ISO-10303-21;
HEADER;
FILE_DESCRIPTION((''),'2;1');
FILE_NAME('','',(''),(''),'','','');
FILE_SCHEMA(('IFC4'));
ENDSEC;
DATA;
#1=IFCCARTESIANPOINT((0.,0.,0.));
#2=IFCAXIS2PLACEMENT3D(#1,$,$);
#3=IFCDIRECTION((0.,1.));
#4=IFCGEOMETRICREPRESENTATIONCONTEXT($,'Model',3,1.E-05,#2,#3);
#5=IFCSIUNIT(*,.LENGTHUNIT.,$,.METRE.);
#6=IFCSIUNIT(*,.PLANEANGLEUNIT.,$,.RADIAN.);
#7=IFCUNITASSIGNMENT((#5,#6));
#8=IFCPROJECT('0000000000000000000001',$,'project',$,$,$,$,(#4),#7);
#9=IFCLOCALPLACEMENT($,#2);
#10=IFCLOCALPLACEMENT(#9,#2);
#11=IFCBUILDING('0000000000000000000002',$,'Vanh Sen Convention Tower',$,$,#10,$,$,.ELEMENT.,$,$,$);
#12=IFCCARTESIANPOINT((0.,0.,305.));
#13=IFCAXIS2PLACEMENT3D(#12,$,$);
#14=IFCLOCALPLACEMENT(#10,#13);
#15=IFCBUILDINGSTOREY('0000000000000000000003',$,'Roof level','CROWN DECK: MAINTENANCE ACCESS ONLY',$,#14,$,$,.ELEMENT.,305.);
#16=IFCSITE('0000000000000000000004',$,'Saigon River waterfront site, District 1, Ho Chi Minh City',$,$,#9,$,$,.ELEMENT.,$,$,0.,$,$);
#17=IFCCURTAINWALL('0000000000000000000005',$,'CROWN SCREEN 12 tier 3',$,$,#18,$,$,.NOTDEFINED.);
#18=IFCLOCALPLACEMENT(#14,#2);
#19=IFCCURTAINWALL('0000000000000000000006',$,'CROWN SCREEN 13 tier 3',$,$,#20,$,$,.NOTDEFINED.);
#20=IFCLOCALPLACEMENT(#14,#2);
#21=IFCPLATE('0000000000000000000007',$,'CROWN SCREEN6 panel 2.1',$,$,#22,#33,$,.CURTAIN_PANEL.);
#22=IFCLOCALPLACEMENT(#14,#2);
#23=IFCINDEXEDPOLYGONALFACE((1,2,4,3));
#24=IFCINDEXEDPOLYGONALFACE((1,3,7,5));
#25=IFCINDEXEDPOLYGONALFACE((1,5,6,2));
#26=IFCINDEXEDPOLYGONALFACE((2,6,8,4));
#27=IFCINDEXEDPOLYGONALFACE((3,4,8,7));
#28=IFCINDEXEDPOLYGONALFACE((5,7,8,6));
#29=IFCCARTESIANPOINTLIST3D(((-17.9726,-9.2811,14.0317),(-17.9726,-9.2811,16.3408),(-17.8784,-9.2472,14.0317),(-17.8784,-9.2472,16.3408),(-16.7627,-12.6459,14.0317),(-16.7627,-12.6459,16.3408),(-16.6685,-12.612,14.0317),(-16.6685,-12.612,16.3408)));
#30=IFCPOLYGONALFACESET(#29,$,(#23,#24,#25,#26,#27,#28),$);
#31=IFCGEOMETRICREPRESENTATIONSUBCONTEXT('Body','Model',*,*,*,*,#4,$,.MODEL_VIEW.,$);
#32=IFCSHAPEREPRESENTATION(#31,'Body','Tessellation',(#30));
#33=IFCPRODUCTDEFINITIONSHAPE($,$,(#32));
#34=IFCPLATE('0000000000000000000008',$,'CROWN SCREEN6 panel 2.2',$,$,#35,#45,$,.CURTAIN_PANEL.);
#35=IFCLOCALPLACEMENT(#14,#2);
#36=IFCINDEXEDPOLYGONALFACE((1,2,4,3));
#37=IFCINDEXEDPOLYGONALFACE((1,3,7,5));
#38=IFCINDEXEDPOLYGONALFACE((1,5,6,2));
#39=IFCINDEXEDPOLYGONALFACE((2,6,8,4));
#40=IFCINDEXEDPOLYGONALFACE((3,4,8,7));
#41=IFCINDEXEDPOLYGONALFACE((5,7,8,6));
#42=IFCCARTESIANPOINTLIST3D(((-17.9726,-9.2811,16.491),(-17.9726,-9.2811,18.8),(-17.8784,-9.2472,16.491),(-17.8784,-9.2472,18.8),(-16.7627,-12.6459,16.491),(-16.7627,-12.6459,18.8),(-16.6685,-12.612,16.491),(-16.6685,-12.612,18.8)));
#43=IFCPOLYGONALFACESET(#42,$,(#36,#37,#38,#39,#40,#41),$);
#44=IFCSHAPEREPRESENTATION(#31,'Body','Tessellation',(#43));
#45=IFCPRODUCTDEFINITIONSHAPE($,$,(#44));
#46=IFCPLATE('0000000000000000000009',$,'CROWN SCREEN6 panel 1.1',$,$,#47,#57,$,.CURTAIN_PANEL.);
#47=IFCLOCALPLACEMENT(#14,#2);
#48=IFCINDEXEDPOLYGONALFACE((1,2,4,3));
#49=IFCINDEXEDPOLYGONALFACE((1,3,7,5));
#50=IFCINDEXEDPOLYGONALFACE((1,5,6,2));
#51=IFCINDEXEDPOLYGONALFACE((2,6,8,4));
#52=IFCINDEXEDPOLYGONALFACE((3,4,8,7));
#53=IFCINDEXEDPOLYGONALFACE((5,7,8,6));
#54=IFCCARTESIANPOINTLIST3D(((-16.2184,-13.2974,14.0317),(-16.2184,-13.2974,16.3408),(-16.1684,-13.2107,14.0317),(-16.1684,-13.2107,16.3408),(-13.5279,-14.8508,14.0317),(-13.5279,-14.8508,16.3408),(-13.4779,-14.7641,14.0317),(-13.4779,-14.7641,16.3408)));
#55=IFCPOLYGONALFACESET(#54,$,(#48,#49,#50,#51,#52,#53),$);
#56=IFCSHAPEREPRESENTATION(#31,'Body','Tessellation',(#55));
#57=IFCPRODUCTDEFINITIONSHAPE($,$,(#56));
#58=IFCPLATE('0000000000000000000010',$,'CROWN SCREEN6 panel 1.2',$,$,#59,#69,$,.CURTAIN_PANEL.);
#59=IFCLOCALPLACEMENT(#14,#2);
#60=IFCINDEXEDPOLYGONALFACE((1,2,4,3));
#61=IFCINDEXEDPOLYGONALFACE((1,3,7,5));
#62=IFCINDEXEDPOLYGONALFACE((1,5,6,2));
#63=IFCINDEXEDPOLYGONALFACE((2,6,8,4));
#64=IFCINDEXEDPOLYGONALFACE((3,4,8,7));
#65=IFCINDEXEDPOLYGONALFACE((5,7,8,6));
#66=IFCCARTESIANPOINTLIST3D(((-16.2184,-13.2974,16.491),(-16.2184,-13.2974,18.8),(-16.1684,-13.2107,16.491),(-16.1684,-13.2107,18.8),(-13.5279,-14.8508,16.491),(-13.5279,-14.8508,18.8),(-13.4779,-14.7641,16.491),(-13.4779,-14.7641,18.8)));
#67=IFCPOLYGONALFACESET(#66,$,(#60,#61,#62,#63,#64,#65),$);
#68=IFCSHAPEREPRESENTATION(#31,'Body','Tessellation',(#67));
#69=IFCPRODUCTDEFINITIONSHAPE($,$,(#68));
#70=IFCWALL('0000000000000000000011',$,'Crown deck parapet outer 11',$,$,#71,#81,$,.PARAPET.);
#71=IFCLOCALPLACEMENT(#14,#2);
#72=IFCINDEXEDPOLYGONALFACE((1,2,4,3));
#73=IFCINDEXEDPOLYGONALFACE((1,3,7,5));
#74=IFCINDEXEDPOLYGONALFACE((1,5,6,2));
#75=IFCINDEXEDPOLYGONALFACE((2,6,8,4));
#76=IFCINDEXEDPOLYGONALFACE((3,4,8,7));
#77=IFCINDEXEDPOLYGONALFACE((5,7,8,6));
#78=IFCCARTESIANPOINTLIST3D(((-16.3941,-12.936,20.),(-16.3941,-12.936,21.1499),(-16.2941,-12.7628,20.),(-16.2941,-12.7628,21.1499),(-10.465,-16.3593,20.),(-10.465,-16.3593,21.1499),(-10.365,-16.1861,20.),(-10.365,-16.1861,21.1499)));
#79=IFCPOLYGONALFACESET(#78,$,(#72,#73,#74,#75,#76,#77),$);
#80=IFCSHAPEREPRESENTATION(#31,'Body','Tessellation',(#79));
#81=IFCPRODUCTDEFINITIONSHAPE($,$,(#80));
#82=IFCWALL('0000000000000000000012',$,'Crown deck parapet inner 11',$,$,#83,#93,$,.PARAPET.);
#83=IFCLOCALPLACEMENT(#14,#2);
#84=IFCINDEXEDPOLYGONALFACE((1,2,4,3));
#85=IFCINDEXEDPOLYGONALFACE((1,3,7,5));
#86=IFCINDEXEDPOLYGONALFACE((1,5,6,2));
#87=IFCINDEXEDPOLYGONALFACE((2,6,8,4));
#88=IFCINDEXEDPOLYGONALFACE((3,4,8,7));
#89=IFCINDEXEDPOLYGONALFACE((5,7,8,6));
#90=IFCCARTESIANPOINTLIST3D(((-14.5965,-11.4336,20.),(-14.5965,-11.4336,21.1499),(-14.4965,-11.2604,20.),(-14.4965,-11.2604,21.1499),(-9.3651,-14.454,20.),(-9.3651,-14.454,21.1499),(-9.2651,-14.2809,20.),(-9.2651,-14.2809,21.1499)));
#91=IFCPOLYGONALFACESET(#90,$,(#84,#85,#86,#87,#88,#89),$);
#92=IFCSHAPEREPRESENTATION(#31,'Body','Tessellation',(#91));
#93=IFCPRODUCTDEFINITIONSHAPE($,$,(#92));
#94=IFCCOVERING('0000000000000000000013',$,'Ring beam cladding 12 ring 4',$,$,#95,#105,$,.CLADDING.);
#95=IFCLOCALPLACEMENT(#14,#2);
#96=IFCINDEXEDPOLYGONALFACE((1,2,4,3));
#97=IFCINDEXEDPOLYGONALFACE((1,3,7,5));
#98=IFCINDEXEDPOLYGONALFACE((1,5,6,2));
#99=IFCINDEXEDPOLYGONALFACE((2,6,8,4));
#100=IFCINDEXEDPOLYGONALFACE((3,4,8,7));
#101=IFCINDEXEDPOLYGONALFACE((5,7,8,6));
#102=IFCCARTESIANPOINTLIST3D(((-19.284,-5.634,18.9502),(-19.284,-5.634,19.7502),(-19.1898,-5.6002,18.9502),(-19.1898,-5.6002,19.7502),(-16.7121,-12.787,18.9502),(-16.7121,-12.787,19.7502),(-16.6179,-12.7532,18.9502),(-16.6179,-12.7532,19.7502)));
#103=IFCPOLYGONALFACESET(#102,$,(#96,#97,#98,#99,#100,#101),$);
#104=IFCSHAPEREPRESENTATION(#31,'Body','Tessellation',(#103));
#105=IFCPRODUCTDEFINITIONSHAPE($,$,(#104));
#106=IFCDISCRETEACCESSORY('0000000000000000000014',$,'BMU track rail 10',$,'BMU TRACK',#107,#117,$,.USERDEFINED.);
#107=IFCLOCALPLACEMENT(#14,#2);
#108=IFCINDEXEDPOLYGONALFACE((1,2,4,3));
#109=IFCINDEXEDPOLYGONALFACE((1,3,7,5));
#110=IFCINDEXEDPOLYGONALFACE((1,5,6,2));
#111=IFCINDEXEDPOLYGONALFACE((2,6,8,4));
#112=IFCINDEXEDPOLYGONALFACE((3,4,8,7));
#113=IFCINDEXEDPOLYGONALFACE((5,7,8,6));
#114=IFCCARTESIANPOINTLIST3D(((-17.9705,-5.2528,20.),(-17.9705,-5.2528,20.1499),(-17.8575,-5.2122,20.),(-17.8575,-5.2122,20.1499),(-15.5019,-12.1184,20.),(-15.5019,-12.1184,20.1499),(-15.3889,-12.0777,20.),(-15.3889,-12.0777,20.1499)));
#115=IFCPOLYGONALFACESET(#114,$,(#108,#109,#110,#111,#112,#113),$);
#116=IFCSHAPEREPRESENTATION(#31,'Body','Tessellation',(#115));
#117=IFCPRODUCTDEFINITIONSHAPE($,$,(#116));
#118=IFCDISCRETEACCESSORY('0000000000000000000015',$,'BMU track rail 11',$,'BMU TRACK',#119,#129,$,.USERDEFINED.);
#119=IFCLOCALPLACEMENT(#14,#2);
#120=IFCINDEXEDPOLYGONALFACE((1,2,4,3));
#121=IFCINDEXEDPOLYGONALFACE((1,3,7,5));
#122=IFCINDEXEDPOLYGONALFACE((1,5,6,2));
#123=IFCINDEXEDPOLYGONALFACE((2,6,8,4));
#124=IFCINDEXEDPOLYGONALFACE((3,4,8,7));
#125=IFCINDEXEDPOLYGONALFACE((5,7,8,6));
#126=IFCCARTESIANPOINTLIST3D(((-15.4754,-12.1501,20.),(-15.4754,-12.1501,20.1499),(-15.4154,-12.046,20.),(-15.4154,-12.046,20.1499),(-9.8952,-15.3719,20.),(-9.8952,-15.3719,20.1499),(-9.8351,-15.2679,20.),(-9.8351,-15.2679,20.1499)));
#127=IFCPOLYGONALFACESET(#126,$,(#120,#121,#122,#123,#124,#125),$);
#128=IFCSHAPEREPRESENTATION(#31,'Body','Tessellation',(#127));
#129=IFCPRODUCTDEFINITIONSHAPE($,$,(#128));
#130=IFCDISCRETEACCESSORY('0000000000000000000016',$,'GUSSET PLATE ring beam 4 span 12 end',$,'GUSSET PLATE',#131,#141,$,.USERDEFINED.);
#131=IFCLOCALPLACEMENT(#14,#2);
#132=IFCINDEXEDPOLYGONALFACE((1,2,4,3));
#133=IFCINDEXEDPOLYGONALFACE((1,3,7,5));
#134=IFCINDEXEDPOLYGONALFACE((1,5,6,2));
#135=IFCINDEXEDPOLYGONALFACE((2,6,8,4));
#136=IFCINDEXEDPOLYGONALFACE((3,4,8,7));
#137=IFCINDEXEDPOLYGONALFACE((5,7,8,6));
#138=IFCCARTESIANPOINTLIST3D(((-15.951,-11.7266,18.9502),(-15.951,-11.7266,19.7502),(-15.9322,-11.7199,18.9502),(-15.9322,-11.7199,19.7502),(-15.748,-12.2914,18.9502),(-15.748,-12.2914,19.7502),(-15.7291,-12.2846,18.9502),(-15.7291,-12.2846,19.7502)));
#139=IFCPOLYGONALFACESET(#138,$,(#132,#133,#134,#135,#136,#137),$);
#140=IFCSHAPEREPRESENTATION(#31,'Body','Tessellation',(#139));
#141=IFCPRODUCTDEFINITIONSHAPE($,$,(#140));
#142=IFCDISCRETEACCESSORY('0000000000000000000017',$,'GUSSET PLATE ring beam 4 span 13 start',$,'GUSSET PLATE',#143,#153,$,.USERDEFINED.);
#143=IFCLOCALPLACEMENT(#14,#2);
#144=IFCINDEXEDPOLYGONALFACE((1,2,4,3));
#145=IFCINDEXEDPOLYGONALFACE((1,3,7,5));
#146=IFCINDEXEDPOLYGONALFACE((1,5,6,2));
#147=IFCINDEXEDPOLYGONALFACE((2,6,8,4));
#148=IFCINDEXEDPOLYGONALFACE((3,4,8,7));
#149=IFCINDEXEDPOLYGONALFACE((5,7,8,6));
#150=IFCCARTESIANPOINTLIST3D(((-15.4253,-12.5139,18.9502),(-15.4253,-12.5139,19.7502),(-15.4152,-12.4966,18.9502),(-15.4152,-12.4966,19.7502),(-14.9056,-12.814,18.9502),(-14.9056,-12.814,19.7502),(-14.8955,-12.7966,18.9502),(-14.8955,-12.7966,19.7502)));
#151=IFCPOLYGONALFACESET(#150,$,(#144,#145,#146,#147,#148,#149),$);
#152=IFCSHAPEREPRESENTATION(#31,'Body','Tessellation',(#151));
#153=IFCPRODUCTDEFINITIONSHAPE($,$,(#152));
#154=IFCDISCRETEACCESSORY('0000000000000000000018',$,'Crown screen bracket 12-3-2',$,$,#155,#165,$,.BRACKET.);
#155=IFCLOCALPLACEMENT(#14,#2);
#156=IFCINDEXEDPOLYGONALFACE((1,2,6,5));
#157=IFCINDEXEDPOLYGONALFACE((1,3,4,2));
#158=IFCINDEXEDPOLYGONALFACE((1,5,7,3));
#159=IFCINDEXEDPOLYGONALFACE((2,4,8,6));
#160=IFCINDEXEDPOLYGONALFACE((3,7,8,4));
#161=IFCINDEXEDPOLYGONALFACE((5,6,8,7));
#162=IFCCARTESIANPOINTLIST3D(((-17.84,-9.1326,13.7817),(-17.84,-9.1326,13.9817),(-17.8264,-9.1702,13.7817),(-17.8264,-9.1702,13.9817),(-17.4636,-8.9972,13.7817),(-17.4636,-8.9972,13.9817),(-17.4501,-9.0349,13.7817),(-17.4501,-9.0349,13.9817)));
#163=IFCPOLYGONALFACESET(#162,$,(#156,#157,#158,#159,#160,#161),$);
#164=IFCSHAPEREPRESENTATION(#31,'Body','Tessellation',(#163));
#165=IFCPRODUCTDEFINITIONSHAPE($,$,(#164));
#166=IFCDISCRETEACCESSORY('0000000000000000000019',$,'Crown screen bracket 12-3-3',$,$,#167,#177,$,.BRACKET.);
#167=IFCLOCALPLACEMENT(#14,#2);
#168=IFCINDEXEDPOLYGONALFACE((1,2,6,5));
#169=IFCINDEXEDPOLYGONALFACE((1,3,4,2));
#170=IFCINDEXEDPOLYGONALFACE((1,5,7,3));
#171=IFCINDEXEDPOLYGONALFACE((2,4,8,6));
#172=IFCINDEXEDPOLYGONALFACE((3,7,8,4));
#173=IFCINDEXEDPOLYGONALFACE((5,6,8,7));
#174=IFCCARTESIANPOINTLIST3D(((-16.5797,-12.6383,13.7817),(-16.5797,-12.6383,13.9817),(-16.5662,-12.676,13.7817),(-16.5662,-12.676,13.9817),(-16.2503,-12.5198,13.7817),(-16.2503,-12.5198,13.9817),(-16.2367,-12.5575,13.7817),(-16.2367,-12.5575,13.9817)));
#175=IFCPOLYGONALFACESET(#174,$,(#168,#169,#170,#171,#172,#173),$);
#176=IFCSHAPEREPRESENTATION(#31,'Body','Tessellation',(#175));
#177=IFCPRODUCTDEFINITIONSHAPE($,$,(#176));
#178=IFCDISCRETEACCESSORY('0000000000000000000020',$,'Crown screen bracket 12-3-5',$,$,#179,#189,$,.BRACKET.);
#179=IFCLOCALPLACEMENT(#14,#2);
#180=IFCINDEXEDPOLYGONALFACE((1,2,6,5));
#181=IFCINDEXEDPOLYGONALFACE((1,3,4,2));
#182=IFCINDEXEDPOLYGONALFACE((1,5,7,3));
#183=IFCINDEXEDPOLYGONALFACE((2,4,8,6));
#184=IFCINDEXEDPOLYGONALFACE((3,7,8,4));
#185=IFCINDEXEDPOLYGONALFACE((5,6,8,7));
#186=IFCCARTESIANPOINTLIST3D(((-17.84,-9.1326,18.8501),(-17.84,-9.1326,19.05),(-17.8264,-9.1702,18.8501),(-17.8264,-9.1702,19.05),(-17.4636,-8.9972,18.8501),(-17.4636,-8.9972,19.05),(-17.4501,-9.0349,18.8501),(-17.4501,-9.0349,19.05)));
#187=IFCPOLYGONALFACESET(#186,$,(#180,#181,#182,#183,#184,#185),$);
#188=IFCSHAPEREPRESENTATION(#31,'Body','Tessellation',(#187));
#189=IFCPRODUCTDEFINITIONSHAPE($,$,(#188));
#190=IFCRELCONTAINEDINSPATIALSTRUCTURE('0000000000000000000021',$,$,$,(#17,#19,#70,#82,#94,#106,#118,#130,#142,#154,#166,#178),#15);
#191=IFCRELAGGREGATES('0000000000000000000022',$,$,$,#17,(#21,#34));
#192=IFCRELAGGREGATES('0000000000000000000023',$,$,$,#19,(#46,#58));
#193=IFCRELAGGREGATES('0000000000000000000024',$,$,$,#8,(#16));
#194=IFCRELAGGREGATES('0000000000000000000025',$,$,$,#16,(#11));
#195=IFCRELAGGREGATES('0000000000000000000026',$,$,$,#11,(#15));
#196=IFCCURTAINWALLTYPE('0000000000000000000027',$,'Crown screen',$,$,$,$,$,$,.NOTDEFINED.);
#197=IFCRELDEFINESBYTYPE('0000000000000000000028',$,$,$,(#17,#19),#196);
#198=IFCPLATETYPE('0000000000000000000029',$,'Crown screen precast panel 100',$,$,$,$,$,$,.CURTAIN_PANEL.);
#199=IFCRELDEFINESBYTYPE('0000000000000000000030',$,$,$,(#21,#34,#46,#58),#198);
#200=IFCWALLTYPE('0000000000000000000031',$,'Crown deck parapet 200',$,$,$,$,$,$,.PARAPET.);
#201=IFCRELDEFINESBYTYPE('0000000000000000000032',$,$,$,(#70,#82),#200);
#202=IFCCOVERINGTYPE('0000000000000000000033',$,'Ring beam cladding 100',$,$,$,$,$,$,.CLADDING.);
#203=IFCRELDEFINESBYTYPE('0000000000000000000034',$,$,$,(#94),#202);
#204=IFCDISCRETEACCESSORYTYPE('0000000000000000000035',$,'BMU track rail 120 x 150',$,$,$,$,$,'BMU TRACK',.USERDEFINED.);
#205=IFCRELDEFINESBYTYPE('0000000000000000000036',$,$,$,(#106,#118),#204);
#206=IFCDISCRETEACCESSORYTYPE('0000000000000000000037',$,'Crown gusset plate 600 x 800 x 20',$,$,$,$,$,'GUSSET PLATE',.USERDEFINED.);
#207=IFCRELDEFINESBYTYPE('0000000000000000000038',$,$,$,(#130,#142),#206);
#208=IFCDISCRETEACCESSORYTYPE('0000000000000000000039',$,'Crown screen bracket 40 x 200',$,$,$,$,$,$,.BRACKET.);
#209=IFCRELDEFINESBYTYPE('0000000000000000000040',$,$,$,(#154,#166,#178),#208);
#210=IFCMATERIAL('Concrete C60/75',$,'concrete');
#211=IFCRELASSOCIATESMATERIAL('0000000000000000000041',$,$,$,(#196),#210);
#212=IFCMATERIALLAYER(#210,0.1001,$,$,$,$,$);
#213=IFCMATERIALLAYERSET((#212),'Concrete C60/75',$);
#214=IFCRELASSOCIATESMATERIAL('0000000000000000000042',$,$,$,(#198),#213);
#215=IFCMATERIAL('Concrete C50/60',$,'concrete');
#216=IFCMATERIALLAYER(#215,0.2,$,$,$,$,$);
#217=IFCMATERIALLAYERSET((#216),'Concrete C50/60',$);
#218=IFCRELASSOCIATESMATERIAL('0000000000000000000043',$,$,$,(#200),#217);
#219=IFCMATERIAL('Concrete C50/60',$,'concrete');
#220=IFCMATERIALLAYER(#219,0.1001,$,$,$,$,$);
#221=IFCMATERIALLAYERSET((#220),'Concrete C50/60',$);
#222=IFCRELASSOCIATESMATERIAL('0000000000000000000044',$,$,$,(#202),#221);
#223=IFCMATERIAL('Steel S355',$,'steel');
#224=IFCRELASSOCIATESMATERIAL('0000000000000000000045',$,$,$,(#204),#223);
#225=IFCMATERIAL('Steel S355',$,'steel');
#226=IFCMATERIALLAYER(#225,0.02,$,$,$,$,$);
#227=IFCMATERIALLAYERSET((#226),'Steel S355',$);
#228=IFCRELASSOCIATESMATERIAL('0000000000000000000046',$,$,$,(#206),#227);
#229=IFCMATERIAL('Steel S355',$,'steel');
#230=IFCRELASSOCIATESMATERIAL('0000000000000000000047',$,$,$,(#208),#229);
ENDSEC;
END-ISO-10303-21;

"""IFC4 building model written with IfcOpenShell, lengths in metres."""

from ifc_helpers import new_model, si_unit, direction, frame, frame_2d, origin, origin_2d, place, context, subcontext, project, spatial, rectangle, extrude, material, layer, layer_set, type_object, element, aggregate, save


model = new_model("IFC4")

# Units and contexts
model_context = context("Model", 3, precision=1e-05, world=origin(), true_north=direction((0.0, 1.0)))
body_context = subcontext(model_context, "Body", "Model", "MODEL_VIEW")
ifc_project = project(units=[si_unit("LENGTHUNIT", "METRE"), si_unit("PLANEANGLEUNIT", "RADIAN")], contexts=[model_context])

# Site, building, storey
site_placement = place(None, origin())
site = spatial("IfcSite", under=ifc_project, at=site_placement, Name="Saigon River waterfront site, District 1, Ho Chi Minh City", CompositionType="ELEMENT", RefElevation=0.0)
building_placement = place(site_placement, origin())
building = spatial("IfcBuilding", under=site, at=building_placement, Name="Vanh Sen Convention Tower", CompositionType="ELEMENT")
storey_placement = place(building_placement, frame((0.0, 0.0, 305.0)))
storey = spatial("IfcBuildingStorey", under=building, at=storey_placement, Name="Roof level", Description="CROWN DECK: MAINTENANCE ACCESS ONLY", CompositionType="ELEMENT", Elevation=305.0)

# Curtain wall
ifc_material_1 = material(Name="Concrete C60/75", Category="concrete")
curtain_wall_type = type_object("IfcCurtainWallType", Name="Crown screen", PredefinedType="NOTDEFINED", material=ifc_material_1)
curtain_wall_1_placement = place(storey_placement, origin())
curtain_wall_1 = element("IfcCurtainWall", 1, at=curtain_wall_1_placement, inside=storey, type_object=curtain_wall_type, Name="CROWN SCREEN 12 tier 3", PredefinedType="NOTDEFINED")

# Curtain wall
curtain_wall_2_placement = place(storey_placement, origin())
curtain_wall_2 = element("IfcCurtainWall", 2, at=curtain_wall_2_placement, inside=storey, type_object=curtain_wall_type, Name="CROWN SCREEN 13 tier 3", PredefinedType="NOTDEFINED")

# Plates
ifc_layer_1 = layer(ifc_material_1, 0.1001)
ifc_layer_set_1 = layer_set([ifc_layer_1], Name="Concrete C60/75")
plate_type = type_object("IfcPlateType", Name="Crown screen precast panel 100", PredefinedType="CURTAIN_PANEL", material=ifc_layer_set_1)
plate_1_placement = place(storey_placement, frame((-17.3206, -10.9465, 14.0317), z_axis=(0.0, 0.0, 1.0), x_axis=(0.338349, -0.941021, 0.0)))
plate_1 = element("IfcPlate", 3, at=plate_1_placement, type_object=plate_type, Name="CROWN SCREEN6 panel 2.1", PredefinedType="CURTAIN_PANEL", context=body_context, shape_type="SweptSolid", body=[
    extrude(rectangle(XDim=3.5757, YDim=0.1001, at=origin_2d()), origin(), (0.0, 0.0, 1.0), 2.3091),
])
plate_2_placement = place(storey_placement, frame((-17.3206, -10.9465, 16.491), z_axis=(0.0, 0.0, 1.0), x_axis=(0.338349, -0.941021, 0.0)))
plate_2 = element("IfcPlate", 4, at=plate_2_placement, type_object=plate_type, Name="CROWN SCREEN6 panel 2.2", PredefinedType="CURTAIN_PANEL", context=body_context, shape_type="SweptSolid", body=[
    extrude(rectangle(XDim=3.5757, YDim=0.1001, at=origin_2d()), origin(), (0.0, 0.0, 1.0), 2.3091),
])
aggregate(curtain_wall_1, [plate_1, plate_2])
plate_3_placement = place(storey_placement, frame((-14.8481, -14.0308, 14.0317), z_axis=(0.0, 0.0, 1.0), x_axis=(0.866023, -0.500005, 0.0)))
plate_3 = element("IfcPlate", 5, at=plate_3_placement, type_object=plate_type, Name="CROWN SCREEN6 panel 1.1", PredefinedType="CURTAIN_PANEL", context=body_context, shape_type="SweptSolid", body=[
    extrude(rectangle(XDim=3.1067, YDim=0.1001, at=origin_2d()), origin(), (0.0, 0.0, 1.0), 2.3091),
])
plate_4_placement = place(storey_placement, frame((-14.8481, -14.0308, 16.491), z_axis=(0.0, 0.0, 1.0), x_axis=(0.866023, -0.500005, 0.0)))
plate_4 = element("IfcPlate", 6, at=plate_4_placement, type_object=plate_type, Name="CROWN SCREEN6 panel 1.2", PredefinedType="CURTAIN_PANEL", context=body_context, shape_type="SweptSolid", body=[
    extrude(rectangle(XDim=3.1067, YDim=0.1001, at=origin_2d()), origin(), (0.0, 0.0, 1.0), 2.3091),
])
aggregate(curtain_wall_2, [plate_3, plate_4])

# Walls
ifc_material_2 = material(Name="Concrete C50/60", Category="concrete")
ifc_layer_2 = layer(ifc_material_2, 0.2)
ifc_layer_set_2 = layer_set([ifc_layer_2], Name="Concrete C50/60")
wall_type = type_object("IfcWallType", Name="Crown deck parapet 200", PredefinedType="PARAPET", material=ifc_layer_set_2)
wall_1_placement = place(storey_placement, frame((-16.3442, -12.8494, 20.0), z_axis=(0.0, 0.0, 1.0), x_axis=(0.866018, -0.500013, 0.0)))
element("IfcWall", 7, at=wall_1_placement, inside=storey, type_object=wall_type, Name="Crown deck parapet outer 11", PredefinedType="PARAPET", context=body_context, shape_type="SweptSolid", body=[
    extrude(rectangle(XDim=6.8464, YDim=0.2, at=frame_2d((3.4233, 0.0))), origin(), (0.0, 0.0, 1.0), 1.1499),
])
wall_2_placement = place(storey_placement, frame((-14.5466, -11.3469, 20.0), z_axis=(0.0, 0.0, 1.0), x_axis=(0.866016, -0.500016, 0.0)))
element("IfcWall", 8, at=wall_2_placement, inside=storey, type_object=wall_type, Name="Crown deck parapet inner 11", PredefinedType="PARAPET", context=body_context, shape_type="SweptSolid", body=[
    extrude(rectangle(XDim=6.0408, YDim=0.2, at=frame_2d((3.0205, 0.0))), origin(), (0.0, 0.0, 1.0), 1.1499),
])

# Covering
ifc_material_3 = material(Name="Concrete C50/60", Category="concrete")
ifc_layer_3 = layer(ifc_material_3, 0.1001)
ifc_layer_set_3 = layer_set([ifc_layer_3], Name="Concrete C50/60")
covering_type = type_object("IfcCoveringType", Name="Ring beam cladding 100", PredefinedType="CLADDING", material=ifc_layer_set_3)
covering_placement = place(storey_placement, frame((-17.9509, -9.1936, 18.9502), z_axis=(0.0, 0.0, 1.0), x_axis=(0.338349, -0.941021, 0.0)))
element("IfcCovering", 9, at=covering_placement, inside=storey, type_object=covering_type, Name="Ring beam cladding 12 ring 4", PredefinedType="CLADDING", context=body_context, shape_type="SweptSolid", body=[
    extrude(rectangle(XDim=7.6013, YDim=0.1001, at=origin_2d()), origin(), (0.0, 0.0, 1.0), 0.8),
])

# Discrete accessories
ifc_material_4 = material(Name="Steel S355", Category="steel")
discrete_accessory_type_1 = type_object("IfcDiscreteAccessoryType", Name="BMU track rail 120 x 150", ElementType="BMU TRACK", PredefinedType="USERDEFINED", material=ifc_material_4)
discrete_accessory_1_placement = place(storey_placement, frame((-16.6797, -8.6653, 20.0), z_axis=(0.0, 0.0, 1.0), x_axis=(0.338359, -0.941017, 0.0)))
element("IfcDiscreteAccessory", 10, at=discrete_accessory_1_placement, inside=storey, type_object=discrete_accessory_type_1, Name="BMU track rail 10", ObjectType="BMU TRACK", PredefinedType="USERDEFINED", context=body_context, shape_type="SweptSolid", body=[
    extrude(rectangle(XDim=7.2959, YDim=0.1201, at=origin_2d()), origin(), (0.0, 0.0, 1.0), 0.1499),
])
discrete_accessory_2_placement = place(storey_placement, frame((-12.6553, -13.709, 20.0), z_axis=(0.0, 0.0, 1.0), x_axis=(0.866018, -0.500014, 0.0)))
element("IfcDiscreteAccessory", 11, at=discrete_accessory_2_placement, inside=storey, type_object=discrete_accessory_type_1, Name="BMU track rail 11", ObjectType="BMU TRACK", PredefinedType="USERDEFINED", context=body_context, shape_type="SweptSolid", body=[
    extrude(rectangle(XDim=6.4436, YDim=0.1201, at=origin_2d()), origin(), (0.0, 0.0, 1.0), 0.1499),
])
ifc_material_5 = material(Name="Steel S355", Category="steel")
ifc_layer_4 = layer(ifc_material_5, 0.02)
ifc_layer_set_4 = layer_set([ifc_layer_4], Name="Steel S355")
discrete_accessory_type_2 = type_object("IfcDiscreteAccessoryType", Name="Crown gusset plate 600 x 800 x 20", ElementType="GUSSET PLATE", PredefinedType="USERDEFINED", material=ifc_layer_set_4)
for number, where, z_axis, x_axis, name in (
    (12, (-15.8401, -12.0056, 18.9502), (0.0, 0.0, 1.0), (-0.338349, 0.941021, 0.0), "GUSSET PLATE ring beam 4 span 12 end"),
    (13, (-15.1604, -12.6553, 18.9502), (0.0, 0.0, 1.0), (0.866023, -0.500005, 0.0), "GUSSET PLATE ring beam 4 span 13 start"),
):
    element("IfcDiscreteAccessory", number, at=place(storey_placement, frame(where, z_axis=z_axis, x_axis=x_axis)), inside=storey, type_object=discrete_accessory_type_2, Name=name, ObjectType="GUSSET PLATE", PredefinedType="USERDEFINED", context=body_context, shape_type="SweptSolid", body=[
        extrude(rectangle(XDim=0.6001, YDim=0.02, at=origin_2d()), origin(), (0.0, 0.0, 1.0), 0.8),
    ])
ifc_material_6 = material(Name="Steel S355", Category="steel")
discrete_accessory_type_3 = type_object("IfcDiscreteAccessoryType", Name="Crown screen bracket 40 x 200", PredefinedType="BRACKET", material=ifc_material_6)
discrete_accessory_3_placement = place(storey_placement, frame((-17.645, -9.0837, 13.7817), z_axis=(0.0, 0.0, 1.0), x_axis=(-0.941021, -0.338349, 0.0)))
element("IfcDiscreteAccessory", 14, at=discrete_accessory_3_placement, inside=storey, type_object=discrete_accessory_type_3, Name="Crown screen bracket 12-3-2", PredefinedType="BRACKET", context=body_context, shape_type="SweptSolid", body=[
    extrude(rectangle(XDim=0.3999, YDim=0.04, at=origin_2d()), origin(), (0.0, 0.0, 1.0), 0.2),
])
discrete_accessory_4_placement = place(storey_placement, frame((-16.4082, -12.5979, 13.7817), z_axis=(0.0, 0.0, 1.0), x_axis=(-0.941021, -0.338349, 0.0)))
element("IfcDiscreteAccessory", 15, at=discrete_accessory_4_placement, inside=storey, type_object=discrete_accessory_type_3, Name="Crown screen bracket 12-3-3", PredefinedType="BRACKET", context=body_context, shape_type="SweptSolid", body=[
    extrude(rectangle(XDim=0.3501, YDim=0.04, at=origin_2d()), origin(), (0.0, 0.0, 1.0), 0.2),
])
discrete_accessory_5_placement = place(storey_placement, frame((-17.645, -9.0837, 18.8501), z_axis=(0.0, 0.0, 1.0), x_axis=(-0.941021, -0.338349, 0.0)))
element("IfcDiscreteAccessory", 16, at=discrete_accessory_5_placement, inside=storey, type_object=discrete_accessory_type_3, Name="Crown screen bracket 12-3-5", PredefinedType="BRACKET", context=body_context, shape_type="SweptSolid", body=[
    extrude(rectangle(XDim=0.3999, YDim=0.04, at=origin_2d()), origin(), (0.0, 0.0, 1.0), 0.2),
])

save(model, "model.ifc")
